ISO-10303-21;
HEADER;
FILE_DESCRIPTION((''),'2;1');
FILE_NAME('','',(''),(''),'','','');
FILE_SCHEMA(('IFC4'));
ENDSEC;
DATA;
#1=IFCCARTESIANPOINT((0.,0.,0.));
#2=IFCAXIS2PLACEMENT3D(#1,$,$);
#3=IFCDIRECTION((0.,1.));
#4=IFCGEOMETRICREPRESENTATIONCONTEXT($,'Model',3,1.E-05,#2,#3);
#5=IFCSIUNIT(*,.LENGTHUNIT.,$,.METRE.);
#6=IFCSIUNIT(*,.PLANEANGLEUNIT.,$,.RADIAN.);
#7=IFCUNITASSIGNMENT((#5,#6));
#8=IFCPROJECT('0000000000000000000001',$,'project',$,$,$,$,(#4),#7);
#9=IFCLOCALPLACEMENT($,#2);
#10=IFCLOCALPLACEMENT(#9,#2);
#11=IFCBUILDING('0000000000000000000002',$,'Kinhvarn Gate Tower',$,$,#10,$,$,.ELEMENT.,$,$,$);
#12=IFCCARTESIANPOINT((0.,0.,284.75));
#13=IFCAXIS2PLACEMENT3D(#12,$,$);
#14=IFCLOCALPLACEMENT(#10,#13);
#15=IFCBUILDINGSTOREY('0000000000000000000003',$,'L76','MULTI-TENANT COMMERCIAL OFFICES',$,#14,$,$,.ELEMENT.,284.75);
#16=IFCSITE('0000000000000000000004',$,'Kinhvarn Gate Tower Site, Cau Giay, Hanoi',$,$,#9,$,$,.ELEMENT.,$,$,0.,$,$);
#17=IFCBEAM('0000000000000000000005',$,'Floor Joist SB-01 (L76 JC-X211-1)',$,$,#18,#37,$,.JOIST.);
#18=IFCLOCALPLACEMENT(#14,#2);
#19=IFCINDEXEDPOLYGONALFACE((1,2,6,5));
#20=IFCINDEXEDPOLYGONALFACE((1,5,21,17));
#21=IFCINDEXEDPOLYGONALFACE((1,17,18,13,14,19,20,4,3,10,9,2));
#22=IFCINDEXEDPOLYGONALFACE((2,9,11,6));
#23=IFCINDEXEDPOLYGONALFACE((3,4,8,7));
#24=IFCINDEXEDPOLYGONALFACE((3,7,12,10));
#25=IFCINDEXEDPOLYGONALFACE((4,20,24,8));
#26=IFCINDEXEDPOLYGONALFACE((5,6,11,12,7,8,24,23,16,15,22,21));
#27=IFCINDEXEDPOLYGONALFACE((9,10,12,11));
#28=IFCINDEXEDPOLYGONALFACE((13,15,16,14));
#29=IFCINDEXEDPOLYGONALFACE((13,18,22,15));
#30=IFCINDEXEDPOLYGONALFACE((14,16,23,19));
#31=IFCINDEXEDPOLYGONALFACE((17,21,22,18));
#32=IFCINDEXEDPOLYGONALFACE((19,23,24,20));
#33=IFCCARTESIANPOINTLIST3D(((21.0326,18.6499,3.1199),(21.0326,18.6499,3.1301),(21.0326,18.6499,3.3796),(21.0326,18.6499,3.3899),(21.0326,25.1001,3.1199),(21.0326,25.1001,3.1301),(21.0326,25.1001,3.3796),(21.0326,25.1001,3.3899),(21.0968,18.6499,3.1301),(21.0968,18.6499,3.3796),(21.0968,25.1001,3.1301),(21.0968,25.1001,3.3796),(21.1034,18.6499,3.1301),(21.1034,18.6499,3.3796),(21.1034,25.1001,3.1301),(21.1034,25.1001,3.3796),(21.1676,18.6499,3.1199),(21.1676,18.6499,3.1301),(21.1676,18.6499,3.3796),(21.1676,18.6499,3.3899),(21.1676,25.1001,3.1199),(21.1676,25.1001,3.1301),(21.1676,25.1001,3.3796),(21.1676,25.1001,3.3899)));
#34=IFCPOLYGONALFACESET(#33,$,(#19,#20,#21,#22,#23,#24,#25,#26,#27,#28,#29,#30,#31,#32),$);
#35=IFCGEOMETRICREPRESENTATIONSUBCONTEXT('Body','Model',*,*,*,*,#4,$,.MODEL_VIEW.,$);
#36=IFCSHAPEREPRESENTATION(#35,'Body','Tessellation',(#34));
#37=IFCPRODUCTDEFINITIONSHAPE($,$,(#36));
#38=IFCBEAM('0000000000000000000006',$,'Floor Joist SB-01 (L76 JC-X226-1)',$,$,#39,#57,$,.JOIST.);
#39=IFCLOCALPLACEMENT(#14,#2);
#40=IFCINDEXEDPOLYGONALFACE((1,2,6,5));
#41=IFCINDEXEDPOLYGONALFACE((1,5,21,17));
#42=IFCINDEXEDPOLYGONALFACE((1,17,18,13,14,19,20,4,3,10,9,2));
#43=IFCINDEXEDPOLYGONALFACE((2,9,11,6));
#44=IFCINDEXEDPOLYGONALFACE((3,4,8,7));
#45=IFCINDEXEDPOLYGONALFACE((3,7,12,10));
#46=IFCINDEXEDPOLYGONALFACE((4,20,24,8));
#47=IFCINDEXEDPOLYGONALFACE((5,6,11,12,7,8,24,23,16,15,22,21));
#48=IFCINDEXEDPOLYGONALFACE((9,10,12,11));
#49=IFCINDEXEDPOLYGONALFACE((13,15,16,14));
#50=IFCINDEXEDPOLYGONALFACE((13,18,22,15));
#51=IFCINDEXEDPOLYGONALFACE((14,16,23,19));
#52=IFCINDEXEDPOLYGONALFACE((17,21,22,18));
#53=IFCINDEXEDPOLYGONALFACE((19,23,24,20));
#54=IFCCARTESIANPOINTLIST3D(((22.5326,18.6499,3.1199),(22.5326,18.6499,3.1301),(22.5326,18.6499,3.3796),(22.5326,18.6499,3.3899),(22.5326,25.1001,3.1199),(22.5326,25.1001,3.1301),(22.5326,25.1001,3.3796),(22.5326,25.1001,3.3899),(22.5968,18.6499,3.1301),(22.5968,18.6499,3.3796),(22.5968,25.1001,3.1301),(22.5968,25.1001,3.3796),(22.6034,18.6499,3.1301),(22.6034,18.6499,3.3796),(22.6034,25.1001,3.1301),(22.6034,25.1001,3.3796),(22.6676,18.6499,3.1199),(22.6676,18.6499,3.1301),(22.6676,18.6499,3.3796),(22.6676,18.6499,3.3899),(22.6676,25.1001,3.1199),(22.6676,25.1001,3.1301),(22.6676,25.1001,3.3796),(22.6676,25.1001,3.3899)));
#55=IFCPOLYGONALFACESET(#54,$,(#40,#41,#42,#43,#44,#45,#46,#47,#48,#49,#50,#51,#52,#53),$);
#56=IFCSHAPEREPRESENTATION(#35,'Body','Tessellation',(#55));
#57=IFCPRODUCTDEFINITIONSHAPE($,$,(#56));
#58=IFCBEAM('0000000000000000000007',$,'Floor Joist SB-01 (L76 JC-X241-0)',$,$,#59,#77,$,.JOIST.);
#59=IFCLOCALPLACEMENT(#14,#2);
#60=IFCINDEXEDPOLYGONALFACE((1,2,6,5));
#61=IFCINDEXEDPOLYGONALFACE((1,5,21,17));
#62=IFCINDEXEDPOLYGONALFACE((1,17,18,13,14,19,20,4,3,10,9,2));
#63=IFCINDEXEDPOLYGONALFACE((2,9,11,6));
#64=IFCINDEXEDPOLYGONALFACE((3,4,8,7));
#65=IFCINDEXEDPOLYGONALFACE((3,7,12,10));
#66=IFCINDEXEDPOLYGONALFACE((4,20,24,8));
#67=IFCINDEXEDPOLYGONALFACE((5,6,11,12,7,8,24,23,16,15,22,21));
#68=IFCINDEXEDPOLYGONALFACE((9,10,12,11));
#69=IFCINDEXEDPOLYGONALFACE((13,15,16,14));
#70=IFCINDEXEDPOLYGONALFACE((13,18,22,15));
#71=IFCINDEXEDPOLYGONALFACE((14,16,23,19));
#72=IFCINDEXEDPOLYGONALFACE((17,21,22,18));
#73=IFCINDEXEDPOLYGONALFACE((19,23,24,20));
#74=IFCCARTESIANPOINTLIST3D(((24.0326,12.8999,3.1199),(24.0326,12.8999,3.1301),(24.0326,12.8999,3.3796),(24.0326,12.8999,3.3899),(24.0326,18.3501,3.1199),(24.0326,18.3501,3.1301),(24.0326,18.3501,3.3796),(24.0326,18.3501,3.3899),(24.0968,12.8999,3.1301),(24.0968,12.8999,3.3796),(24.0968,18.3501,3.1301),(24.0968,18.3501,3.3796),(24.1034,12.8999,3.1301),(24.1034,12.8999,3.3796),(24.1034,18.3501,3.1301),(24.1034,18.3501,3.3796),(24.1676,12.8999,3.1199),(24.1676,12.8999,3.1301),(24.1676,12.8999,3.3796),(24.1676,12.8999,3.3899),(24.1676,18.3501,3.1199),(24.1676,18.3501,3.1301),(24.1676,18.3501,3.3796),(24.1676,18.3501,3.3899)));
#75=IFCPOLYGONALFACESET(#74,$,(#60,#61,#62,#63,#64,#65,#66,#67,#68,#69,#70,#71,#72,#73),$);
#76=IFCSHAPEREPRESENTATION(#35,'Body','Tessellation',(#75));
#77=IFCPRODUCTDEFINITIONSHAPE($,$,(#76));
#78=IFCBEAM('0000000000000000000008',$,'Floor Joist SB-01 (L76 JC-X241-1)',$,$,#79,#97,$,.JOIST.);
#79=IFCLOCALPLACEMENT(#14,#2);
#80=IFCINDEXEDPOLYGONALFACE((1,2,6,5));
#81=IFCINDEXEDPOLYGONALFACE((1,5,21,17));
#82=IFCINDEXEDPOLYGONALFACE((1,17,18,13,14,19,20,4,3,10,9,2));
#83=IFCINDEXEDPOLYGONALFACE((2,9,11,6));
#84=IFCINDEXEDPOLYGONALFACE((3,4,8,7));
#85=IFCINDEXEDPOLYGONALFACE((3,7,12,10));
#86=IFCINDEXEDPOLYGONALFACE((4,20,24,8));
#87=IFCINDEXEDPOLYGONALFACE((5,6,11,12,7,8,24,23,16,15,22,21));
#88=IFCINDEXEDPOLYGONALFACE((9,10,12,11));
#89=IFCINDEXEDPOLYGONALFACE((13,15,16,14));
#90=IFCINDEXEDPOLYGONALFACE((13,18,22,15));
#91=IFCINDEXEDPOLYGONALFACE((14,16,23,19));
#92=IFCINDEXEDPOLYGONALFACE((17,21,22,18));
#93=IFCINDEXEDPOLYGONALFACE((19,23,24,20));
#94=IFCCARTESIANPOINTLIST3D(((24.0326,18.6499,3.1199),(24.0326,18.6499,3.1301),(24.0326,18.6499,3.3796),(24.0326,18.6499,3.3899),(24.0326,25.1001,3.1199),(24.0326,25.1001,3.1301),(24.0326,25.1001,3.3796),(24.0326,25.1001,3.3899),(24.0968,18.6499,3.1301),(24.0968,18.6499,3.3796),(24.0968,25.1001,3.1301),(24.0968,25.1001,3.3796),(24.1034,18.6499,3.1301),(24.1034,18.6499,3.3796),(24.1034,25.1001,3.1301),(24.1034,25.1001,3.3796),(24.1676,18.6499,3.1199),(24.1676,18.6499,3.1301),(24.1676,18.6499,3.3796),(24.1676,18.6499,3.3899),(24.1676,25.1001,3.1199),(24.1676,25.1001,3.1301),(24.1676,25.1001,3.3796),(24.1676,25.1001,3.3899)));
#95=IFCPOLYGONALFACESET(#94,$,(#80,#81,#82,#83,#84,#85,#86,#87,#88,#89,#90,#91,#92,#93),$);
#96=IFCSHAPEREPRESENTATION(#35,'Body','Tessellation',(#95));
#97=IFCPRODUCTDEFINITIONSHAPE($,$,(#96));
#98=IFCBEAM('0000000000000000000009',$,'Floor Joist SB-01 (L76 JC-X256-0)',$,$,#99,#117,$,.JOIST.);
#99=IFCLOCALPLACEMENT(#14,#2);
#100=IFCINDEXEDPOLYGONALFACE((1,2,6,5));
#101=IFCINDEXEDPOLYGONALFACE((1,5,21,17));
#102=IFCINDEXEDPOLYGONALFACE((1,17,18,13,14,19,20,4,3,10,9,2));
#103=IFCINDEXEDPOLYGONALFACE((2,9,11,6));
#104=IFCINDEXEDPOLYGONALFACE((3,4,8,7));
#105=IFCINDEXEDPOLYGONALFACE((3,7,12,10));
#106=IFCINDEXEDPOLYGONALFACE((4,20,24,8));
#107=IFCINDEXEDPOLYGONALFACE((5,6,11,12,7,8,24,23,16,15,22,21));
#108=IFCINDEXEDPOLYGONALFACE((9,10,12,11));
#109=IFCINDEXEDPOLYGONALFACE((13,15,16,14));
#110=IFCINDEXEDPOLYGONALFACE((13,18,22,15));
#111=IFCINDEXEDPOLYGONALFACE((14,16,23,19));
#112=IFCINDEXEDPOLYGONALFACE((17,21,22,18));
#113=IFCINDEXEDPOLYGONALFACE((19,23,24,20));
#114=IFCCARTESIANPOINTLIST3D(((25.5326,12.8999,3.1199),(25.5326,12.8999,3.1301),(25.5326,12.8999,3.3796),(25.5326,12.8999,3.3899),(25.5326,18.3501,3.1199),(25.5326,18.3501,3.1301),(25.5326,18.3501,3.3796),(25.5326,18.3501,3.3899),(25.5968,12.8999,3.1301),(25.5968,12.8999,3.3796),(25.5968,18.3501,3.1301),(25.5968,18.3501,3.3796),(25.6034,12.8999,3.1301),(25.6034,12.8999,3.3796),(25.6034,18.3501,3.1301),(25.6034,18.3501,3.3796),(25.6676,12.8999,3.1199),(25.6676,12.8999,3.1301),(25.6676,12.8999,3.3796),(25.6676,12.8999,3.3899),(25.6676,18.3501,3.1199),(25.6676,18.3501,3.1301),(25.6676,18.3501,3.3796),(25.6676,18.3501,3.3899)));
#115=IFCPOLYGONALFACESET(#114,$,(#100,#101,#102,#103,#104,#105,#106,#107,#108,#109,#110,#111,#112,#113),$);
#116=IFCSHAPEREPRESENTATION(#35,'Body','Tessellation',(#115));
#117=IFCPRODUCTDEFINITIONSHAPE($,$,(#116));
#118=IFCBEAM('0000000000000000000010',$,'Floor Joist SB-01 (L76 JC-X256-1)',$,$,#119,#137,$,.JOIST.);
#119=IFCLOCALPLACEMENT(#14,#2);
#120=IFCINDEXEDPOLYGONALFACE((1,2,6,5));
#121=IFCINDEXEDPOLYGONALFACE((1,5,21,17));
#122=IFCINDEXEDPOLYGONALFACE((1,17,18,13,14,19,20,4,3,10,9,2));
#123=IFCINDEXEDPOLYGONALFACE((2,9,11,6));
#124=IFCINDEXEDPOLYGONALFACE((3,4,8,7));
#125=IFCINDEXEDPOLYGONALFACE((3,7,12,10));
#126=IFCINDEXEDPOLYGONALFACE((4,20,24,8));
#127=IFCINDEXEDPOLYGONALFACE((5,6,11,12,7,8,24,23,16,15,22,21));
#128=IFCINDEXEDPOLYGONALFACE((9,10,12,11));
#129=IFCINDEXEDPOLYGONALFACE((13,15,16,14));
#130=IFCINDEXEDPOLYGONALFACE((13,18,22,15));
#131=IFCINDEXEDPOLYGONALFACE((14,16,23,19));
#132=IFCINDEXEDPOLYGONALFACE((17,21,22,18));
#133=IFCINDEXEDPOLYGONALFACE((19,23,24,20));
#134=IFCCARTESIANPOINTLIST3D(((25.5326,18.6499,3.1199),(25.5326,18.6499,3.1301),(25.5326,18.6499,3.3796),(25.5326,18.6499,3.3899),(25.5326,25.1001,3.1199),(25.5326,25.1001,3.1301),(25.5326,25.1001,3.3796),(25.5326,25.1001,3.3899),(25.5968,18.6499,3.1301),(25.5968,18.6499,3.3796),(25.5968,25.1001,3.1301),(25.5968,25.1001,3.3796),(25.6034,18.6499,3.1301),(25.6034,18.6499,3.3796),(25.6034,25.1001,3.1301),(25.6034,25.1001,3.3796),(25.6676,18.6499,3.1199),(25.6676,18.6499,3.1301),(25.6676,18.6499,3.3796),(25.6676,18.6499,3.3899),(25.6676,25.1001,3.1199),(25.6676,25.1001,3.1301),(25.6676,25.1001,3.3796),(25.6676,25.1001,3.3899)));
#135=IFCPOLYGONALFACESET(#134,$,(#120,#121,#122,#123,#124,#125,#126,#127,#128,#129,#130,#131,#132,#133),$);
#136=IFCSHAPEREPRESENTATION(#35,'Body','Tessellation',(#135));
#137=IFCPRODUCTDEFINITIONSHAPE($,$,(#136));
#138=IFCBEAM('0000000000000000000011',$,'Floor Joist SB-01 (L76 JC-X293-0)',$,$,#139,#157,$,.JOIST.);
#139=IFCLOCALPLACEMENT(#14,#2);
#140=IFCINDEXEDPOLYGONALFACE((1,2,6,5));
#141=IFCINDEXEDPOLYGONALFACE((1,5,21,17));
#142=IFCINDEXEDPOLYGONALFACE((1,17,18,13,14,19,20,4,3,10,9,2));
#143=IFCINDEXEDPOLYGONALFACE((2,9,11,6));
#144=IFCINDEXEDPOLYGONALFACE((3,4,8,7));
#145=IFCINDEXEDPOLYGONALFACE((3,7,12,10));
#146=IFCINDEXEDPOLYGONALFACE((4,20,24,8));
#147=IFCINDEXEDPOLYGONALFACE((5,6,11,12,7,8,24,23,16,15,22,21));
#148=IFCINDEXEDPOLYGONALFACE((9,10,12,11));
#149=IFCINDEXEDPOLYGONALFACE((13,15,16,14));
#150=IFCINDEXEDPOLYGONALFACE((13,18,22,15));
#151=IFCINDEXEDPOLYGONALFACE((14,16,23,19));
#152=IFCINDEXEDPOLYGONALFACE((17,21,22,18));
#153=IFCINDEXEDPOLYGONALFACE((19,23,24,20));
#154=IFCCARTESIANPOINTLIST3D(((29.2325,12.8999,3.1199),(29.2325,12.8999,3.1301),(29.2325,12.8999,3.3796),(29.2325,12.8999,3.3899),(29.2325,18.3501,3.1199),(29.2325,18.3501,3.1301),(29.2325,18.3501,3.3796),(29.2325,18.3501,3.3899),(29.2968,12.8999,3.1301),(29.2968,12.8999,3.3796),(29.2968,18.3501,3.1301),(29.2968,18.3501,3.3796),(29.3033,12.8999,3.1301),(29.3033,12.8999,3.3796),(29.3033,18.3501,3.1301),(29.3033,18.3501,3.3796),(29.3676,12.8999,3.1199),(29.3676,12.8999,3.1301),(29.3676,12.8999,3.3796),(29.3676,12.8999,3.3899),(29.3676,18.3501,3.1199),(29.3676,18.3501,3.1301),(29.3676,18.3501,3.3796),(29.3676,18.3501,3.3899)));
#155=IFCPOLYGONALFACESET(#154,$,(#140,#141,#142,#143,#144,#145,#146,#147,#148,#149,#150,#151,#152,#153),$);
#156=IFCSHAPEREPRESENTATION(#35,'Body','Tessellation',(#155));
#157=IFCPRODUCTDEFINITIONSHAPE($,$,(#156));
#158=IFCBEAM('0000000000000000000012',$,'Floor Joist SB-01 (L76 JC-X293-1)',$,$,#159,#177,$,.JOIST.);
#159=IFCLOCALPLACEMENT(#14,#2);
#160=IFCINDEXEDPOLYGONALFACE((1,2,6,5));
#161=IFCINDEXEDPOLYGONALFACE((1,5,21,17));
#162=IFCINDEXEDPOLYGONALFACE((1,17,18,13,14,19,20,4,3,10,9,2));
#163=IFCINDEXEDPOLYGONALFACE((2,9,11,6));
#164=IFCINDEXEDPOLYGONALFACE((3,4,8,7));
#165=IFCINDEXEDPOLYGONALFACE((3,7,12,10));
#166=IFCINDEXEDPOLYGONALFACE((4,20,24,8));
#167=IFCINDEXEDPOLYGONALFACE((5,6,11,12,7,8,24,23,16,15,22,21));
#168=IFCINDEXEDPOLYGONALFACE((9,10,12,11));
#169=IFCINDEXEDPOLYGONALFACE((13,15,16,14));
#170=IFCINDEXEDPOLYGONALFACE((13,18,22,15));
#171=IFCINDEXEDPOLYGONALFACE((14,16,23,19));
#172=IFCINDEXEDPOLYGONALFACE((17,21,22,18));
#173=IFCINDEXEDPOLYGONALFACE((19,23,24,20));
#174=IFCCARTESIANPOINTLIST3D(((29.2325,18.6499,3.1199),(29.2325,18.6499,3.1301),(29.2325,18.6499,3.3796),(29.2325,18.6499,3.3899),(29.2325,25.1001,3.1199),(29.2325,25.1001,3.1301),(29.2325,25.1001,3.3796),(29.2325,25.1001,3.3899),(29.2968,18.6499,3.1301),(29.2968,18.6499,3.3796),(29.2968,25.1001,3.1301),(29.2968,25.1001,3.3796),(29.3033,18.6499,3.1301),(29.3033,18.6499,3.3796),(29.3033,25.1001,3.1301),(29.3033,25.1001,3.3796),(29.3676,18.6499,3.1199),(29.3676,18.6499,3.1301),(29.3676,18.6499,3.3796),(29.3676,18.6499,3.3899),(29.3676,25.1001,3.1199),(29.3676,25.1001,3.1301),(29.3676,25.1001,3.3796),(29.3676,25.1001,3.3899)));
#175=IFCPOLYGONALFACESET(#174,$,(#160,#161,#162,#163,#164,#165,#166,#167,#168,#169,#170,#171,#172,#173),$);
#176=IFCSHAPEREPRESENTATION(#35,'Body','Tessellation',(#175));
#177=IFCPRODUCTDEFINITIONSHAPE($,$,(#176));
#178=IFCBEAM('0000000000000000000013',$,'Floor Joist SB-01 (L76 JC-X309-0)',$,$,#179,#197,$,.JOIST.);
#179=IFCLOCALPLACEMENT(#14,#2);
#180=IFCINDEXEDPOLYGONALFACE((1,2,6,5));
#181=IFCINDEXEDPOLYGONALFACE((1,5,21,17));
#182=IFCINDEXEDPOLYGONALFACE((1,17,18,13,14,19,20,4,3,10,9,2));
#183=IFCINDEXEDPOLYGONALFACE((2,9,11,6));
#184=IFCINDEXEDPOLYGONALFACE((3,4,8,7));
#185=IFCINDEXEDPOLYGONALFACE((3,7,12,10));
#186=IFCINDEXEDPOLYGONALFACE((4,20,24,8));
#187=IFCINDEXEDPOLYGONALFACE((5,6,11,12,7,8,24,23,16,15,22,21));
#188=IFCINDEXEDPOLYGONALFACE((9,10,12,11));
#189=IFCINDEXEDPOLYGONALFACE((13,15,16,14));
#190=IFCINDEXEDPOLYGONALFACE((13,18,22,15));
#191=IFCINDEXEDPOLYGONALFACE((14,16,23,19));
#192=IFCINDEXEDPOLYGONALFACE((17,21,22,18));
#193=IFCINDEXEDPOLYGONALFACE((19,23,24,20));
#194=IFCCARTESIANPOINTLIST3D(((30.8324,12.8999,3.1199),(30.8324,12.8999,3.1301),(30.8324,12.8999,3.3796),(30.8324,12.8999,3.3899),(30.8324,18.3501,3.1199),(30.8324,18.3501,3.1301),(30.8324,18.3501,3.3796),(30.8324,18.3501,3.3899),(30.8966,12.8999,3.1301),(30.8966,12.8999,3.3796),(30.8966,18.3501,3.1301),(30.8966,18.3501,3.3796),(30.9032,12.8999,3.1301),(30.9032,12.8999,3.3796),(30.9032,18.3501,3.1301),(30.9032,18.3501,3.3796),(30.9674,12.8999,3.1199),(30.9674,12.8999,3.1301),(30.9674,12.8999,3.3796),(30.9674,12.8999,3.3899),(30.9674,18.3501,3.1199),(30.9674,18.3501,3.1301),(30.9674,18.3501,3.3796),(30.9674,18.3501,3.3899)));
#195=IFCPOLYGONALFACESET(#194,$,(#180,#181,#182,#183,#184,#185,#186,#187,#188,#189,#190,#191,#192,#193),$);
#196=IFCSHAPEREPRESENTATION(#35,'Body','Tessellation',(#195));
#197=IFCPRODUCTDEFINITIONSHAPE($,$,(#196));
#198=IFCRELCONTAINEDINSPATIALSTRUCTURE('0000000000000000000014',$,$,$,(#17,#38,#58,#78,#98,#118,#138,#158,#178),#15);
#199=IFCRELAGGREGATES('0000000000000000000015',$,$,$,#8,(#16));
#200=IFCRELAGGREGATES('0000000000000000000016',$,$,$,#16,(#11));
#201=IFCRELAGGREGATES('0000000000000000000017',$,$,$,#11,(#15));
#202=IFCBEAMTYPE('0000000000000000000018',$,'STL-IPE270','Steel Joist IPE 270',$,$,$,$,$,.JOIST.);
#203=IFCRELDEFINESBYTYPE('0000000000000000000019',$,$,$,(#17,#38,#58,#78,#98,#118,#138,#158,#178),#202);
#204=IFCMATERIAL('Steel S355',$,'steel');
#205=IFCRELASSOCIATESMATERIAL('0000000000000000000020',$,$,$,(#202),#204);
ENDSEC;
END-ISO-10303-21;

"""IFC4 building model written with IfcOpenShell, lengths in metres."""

from ifc_helpers import new_model, si_unit, direction, frame, origin, origin_2d, place, context, subcontext, project, spatial, i_section, extrude, material, material_profile, profile_set, type_object, element, save


model = new_model("IFC4")

# Units and contexts
model_context = context("Model", 3, precision=1e-05, world=origin(), true_north=direction((0.0, 1.0)))
body_context = subcontext(model_context, "Body", "Model", "MODEL_VIEW")
ifc_project = project(units=[si_unit("LENGTHUNIT", "METRE"), si_unit("PLANEANGLEUNIT", "RADIAN")], contexts=[model_context])

# Site, building, storey
site_placement = place(None, origin())
site = spatial("IfcSite", under=ifc_project, at=site_placement, Name="Kinhvarn Gate Tower Site, Cau Giay, Hanoi", CompositionType="ELEMENT", RefElevation=0.0)
building_placement = place(site_placement, origin())
building = spatial("IfcBuilding", under=site, at=building_placement, Name="Kinhvarn Gate Tower", CompositionType="ELEMENT")
storey_placement = place(building_placement, frame((0.0, 0.0, 284.75)))
storey = spatial("IfcBuildingStorey", under=building, at=storey_placement, Name="L76", Description="MULTI-TENANT COMMERCIAL OFFICES", CompositionType="ELEMENT", Elevation=284.75)

# Beams
ifc_material_1 = material(Name="Steel S355", Category="steel")
ifc_material_profile = material_profile(ifc_material_1, i_section(OverallWidth=0.135, OverallDepth=0.27, WebThickness=0.0066, FlangeThickness=0.0103, at=origin_2d()), Name="IPE 270")
ifc_profile_set = profile_set([ifc_material_profile], Name="Steel S355")
beam_type = type_object("IfcBeamType", Name="STL-IPE270", Description="Steel Joist IPE 270", PredefinedType="JOIST", material=ifc_profile_set)
for number, where, z_axis, x_axis, name in (
    (1, (21.1001, 18.6499, 3.2549), (0.0, 1.0, 0.0), (-1.0, 0.0, 0.0), "Floor Joist SB-01 (L76 JC-X211-1)"),
    (2, (22.6001, 18.6499, 3.2549), (0.0, 1.0, 0.0), (-1.0, 0.0, 0.0), "Floor Joist SB-01 (L76 JC-X226-1)"),
):
    element("IfcBeam", number, at=place(storey_placement, frame(where, z_axis=z_axis, x_axis=x_axis)), inside=storey, type_object=beam_type, Name=name, PredefinedType="JOIST", context=body_context, shape_type="SweptSolid", body=[
        extrude(i_section(OverallWidth=0.135, OverallDepth=0.27, WebThickness=0.0066, FlangeThickness=0.0103, at=origin_2d()), origin(), (0.0, 0.0, 1.0), 6.4502),
    ])
beam_1_placement = place(storey_placement, frame((24.1001, 12.8999, 3.2549), z_axis=(0.0, 1.0, 0.0), x_axis=(-1.0, 0.0, 0.0)))
element("IfcBeam", 3, at=beam_1_placement, inside=storey, type_object=beam_type, Name="Floor Joist SB-01 (L76 JC-X241-0)", PredefinedType="JOIST", context=body_context, shape_type="SweptSolid", body=[
    extrude(i_section(OverallWidth=0.135, OverallDepth=0.27, WebThickness=0.0066, FlangeThickness=0.0103, at=origin_2d()), origin(), (0.0, 0.0, 1.0), 5.4502),
])
beam_2_placement = place(storey_placement, frame((24.1001, 18.6499, 3.2549), z_axis=(0.0, 1.0, 0.0), x_axis=(-1.0, 0.0, 0.0)))
element("IfcBeam", 4, at=beam_2_placement, inside=storey, type_object=beam_type, Name="Floor Joist SB-01 (L76 JC-X241-1)", PredefinedType="JOIST", context=body_context, shape_type="SweptSolid", body=[
    extrude(i_section(OverallWidth=0.135, OverallDepth=0.27, WebThickness=0.0066, FlangeThickness=0.0103, at=origin_2d()), origin(), (0.0, 0.0, 1.0), 6.4502),
])
beam_3_placement = place(storey_placement, frame((25.6001, 12.8999, 3.2549), z_axis=(0.0, 1.0, 0.0), x_axis=(-1.0, 0.0, 0.0)))
element("IfcBeam", 5, at=beam_3_placement, inside=storey, type_object=beam_type, Name="Floor Joist SB-01 (L76 JC-X256-0)", PredefinedType="JOIST", context=body_context, shape_type="SweptSolid", body=[
    extrude(i_section(OverallWidth=0.135, OverallDepth=0.27, WebThickness=0.0066, FlangeThickness=0.0103, at=origin_2d()), origin(), (0.0, 0.0, 1.0), 5.4502),
])
beam_4_placement = place(storey_placement, frame((25.6001, 18.6499, 3.2549), z_axis=(0.0, 1.0, 0.0), x_axis=(-1.0, 0.0, 0.0)))
element("IfcBeam", 6, at=beam_4_placement, inside=storey, type_object=beam_type, Name="Floor Joist SB-01 (L76 JC-X256-1)", PredefinedType="JOIST", context=body_context, shape_type="SweptSolid", body=[
    extrude(i_section(OverallWidth=0.135, OverallDepth=0.27, WebThickness=0.0066, FlangeThickness=0.0103, at=origin_2d()), origin(), (0.0, 0.0, 1.0), 6.4502),
])
beam_5_placement = place(storey_placement, frame((29.3, 12.8999, 3.2549), z_axis=(0.0, 1.0, 0.0), x_axis=(-1.0, 0.0, 0.0)))
element("IfcBeam", 7, at=beam_5_placement, inside=storey, type_object=beam_type, Name="Floor Joist SB-01 (L76 JC-X293-0)", PredefinedType="JOIST", context=body_context, shape_type="SweptSolid", body=[
    extrude(i_section(OverallWidth=0.135, OverallDepth=0.27, WebThickness=0.0066, FlangeThickness=0.0103, at=origin_2d()), origin(), (0.0, 0.0, 1.0), 5.4502),
])
beam_6_placement = place(storey_placement, frame((29.3, 18.6499, 3.2549), z_axis=(0.0, 1.0, 0.0), x_axis=(-1.0, 0.0, 0.0)))
element("IfcBeam", 8, at=beam_6_placement, inside=storey, type_object=beam_type, Name="Floor Joist SB-01 (L76 JC-X293-1)", PredefinedType="JOIST", context=body_context, shape_type="SweptSolid", body=[
    extrude(i_section(OverallWidth=0.135, OverallDepth=0.27, WebThickness=0.0066, FlangeThickness=0.0103, at=origin_2d()), origin(), (0.0, 0.0, 1.0), 6.4502),
])
beam_7_placement = place(storey_placement, frame((30.8999, 12.8999, 3.2549), z_axis=(0.0, 1.0, 0.0), x_axis=(-1.0, 0.0, 0.0)))
element("IfcBeam", 9, at=beam_7_placement, inside=storey, type_object=beam_type, Name="Floor Joist SB-01 (L76 JC-X309-0)", PredefinedType="JOIST", context=body_context, shape_type="SweptSolid", body=[
    extrude(i_section(OverallWidth=0.135, OverallDepth=0.27, WebThickness=0.0066, FlangeThickness=0.0103, at=origin_2d()), origin(), (0.0, 0.0, 1.0), 5.4502),
])

save(model, "model.ifc")
